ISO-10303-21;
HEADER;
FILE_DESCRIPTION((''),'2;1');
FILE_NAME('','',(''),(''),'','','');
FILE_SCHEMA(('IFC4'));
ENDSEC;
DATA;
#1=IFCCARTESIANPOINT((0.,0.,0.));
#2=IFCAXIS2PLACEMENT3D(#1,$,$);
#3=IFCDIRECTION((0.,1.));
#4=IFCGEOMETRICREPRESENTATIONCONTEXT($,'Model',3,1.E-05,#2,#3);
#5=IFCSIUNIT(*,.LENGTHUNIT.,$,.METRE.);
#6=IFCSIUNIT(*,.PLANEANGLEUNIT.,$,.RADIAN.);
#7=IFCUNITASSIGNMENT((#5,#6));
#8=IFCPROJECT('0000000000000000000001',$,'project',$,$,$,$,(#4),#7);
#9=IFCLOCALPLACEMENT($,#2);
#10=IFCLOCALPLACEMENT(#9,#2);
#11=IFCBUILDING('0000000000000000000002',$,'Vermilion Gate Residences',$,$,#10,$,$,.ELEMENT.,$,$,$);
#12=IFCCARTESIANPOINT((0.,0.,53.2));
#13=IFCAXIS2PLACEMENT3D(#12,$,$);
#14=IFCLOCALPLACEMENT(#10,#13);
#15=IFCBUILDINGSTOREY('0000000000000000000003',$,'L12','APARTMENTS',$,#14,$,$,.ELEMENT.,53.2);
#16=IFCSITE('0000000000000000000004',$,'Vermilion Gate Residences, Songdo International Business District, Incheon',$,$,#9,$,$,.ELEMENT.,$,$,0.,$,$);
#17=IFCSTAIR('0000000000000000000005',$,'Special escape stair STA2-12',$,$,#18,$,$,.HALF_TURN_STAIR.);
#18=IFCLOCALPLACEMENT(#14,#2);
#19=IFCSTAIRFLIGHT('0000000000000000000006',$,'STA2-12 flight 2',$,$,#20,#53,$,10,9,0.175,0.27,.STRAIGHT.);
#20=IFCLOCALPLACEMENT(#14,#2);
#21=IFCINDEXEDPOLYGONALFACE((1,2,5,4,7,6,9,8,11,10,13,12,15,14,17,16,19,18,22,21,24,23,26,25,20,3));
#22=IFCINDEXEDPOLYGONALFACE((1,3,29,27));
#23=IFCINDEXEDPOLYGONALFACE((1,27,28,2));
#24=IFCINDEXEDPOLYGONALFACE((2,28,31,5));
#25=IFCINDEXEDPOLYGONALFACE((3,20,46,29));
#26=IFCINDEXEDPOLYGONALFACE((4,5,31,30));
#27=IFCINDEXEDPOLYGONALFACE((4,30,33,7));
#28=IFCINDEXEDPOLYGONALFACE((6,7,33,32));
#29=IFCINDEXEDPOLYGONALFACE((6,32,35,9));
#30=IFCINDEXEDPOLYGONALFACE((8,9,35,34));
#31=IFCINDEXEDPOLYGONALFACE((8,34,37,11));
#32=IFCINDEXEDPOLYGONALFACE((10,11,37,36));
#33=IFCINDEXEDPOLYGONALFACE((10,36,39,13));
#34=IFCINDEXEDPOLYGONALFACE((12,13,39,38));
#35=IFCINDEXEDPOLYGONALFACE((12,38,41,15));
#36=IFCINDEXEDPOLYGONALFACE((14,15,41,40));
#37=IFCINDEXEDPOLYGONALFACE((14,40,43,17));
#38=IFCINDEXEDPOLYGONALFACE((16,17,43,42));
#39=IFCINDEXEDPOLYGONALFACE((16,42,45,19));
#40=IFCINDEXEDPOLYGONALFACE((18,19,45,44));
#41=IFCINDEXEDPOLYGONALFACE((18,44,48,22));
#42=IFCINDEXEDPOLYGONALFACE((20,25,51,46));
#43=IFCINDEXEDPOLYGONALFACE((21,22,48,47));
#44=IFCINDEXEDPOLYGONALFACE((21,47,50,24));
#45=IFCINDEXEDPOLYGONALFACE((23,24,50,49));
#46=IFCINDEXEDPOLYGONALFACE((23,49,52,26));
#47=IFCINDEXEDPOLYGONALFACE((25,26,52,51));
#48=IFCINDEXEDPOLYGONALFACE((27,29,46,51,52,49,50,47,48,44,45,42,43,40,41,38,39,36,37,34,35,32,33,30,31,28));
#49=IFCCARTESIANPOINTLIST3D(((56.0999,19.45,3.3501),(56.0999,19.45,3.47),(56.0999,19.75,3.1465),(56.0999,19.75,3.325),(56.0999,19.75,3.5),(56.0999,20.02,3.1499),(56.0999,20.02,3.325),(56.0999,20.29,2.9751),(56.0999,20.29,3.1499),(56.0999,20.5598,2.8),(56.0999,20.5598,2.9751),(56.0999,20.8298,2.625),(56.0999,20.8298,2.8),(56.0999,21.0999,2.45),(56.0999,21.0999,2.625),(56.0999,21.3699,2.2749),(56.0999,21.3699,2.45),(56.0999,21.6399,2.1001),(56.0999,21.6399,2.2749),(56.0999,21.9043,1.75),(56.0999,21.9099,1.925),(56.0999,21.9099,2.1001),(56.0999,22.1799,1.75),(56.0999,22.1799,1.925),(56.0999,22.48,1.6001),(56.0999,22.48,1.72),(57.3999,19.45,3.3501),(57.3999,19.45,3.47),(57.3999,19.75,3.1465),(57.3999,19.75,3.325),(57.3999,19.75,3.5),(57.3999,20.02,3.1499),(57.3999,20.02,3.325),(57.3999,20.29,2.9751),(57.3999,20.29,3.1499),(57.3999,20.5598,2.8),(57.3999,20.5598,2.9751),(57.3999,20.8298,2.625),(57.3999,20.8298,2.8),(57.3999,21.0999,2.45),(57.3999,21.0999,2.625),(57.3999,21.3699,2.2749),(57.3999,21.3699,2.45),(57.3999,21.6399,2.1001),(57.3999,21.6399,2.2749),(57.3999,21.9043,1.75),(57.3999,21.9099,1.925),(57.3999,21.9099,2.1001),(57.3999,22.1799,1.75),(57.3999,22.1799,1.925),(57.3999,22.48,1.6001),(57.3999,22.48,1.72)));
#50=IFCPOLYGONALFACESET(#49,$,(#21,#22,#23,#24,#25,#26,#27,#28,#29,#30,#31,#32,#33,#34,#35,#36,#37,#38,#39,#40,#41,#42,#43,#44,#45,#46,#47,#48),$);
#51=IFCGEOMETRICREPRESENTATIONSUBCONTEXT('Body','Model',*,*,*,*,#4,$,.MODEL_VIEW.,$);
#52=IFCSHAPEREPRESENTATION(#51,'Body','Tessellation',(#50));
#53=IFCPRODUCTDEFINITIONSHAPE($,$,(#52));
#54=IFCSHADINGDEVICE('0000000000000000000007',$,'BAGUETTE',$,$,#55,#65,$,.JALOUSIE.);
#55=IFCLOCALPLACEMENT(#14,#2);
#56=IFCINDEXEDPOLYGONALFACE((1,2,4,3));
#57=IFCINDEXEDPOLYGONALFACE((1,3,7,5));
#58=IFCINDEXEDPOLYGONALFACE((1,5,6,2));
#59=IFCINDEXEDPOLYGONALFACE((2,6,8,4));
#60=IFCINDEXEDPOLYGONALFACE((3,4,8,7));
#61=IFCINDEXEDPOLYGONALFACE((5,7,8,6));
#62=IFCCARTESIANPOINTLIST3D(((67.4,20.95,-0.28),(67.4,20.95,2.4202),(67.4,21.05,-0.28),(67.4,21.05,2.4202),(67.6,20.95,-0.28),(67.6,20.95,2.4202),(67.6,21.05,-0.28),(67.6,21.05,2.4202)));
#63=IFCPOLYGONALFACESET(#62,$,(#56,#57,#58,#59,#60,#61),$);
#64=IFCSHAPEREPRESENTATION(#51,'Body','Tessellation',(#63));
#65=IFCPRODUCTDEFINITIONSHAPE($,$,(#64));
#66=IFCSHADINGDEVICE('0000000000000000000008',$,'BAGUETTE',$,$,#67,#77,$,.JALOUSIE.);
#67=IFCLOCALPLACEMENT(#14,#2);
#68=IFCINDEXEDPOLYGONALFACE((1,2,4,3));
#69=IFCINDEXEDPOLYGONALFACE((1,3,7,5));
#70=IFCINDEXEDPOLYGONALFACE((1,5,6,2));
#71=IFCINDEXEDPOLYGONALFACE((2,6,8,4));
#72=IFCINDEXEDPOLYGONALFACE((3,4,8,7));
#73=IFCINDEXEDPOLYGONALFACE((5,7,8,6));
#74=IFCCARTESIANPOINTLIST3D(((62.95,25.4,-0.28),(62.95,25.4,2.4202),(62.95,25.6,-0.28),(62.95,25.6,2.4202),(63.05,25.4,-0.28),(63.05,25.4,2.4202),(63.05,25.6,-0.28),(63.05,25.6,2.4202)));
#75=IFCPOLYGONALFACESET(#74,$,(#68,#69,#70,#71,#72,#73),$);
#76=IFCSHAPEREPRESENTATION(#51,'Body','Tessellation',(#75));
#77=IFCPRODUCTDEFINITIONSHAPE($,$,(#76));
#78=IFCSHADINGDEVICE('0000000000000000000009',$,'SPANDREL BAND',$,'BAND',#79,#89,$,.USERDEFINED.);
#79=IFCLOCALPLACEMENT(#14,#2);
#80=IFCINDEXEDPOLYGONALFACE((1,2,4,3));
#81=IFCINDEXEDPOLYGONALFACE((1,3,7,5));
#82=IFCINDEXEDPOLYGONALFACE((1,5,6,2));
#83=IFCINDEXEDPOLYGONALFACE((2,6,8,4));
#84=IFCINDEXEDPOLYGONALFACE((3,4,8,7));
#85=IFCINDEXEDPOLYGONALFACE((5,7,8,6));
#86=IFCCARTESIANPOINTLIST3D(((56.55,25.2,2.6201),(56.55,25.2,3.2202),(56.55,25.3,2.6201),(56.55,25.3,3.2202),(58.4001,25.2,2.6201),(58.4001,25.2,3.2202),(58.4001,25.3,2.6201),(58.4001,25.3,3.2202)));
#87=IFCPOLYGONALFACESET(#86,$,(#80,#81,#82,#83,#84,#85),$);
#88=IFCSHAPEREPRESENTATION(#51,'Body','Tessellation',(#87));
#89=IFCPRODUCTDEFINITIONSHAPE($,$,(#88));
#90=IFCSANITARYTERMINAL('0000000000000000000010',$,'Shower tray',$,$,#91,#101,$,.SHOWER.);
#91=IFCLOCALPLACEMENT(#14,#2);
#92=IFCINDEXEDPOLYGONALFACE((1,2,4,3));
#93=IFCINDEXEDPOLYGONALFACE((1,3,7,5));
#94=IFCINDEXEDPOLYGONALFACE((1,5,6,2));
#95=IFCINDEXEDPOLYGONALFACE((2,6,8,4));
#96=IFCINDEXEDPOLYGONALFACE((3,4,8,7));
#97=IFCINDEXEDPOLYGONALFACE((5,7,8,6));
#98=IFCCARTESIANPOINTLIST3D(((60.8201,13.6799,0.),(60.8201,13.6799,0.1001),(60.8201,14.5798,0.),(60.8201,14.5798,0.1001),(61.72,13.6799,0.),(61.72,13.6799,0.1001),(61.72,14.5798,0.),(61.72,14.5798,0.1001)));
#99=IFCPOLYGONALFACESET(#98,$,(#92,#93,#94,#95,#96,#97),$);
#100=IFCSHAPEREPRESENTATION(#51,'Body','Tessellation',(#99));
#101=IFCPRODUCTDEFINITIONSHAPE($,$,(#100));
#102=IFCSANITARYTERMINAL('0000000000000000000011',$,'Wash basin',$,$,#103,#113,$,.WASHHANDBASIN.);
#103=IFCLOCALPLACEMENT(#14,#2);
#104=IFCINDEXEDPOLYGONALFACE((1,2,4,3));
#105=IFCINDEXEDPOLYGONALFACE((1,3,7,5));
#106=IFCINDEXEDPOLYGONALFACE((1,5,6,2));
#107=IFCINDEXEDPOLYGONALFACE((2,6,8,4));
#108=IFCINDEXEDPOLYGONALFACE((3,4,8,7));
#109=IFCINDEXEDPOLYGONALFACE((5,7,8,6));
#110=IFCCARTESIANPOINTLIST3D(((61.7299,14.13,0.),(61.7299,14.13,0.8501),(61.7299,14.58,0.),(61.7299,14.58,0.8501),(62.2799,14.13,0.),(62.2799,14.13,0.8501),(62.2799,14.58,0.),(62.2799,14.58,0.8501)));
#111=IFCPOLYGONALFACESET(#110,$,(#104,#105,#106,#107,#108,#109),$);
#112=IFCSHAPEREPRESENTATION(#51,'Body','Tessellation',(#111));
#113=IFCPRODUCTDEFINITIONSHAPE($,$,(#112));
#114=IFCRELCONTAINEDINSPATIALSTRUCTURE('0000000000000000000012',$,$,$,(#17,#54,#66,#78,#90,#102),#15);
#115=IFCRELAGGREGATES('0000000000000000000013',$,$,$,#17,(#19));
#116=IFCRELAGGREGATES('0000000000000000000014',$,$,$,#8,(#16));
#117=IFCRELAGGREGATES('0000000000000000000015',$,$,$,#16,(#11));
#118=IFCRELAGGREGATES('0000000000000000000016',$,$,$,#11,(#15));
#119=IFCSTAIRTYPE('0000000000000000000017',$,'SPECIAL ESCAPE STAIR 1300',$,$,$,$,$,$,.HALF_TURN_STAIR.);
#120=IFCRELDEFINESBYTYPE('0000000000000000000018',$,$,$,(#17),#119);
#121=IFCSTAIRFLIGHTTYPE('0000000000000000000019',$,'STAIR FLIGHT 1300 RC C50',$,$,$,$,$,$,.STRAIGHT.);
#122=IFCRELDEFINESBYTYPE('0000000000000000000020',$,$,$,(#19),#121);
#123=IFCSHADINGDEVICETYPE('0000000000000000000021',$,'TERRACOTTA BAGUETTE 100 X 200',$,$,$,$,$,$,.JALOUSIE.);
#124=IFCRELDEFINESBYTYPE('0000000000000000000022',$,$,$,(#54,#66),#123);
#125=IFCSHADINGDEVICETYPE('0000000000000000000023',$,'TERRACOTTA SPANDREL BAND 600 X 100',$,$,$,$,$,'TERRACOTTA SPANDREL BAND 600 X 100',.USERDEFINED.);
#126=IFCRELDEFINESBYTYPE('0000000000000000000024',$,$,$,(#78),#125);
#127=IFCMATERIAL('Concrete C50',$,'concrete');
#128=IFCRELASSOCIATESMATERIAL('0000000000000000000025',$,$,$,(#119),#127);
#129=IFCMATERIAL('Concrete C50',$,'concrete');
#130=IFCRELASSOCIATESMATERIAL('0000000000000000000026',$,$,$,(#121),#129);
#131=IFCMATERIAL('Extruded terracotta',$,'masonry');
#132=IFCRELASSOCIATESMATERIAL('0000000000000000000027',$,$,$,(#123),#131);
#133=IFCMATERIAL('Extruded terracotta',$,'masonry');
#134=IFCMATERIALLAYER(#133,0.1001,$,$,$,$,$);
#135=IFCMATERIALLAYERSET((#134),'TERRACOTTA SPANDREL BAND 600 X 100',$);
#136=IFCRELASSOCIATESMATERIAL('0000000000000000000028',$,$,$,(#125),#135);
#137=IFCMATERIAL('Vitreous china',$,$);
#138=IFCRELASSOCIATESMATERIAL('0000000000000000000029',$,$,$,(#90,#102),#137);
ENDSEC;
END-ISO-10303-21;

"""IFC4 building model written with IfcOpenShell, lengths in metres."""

from ifc_helpers import new_model, si_unit, direction, frame, origin, origin_2d, place, context, subcontext, project, spatial, polyline, rectangle, outline, extrude, material, layer, layer_set, material_profile, profile_set, type_object, element, aggregate, save


model = new_model("IFC4")

# Units and contexts
model_context = context("Model", 3, precision=1e-05, world=origin(), true_north=direction((0.0, 1.0)))
body_context = subcontext(model_context, "Body", "Model", "MODEL_VIEW")
ifc_project = project(units=[si_unit("LENGTHUNIT", "METRE"), si_unit("PLANEANGLEUNIT", "RADIAN")], contexts=[model_context])

# Site, building, storey
site_placement = place(None, origin())
site = spatial("IfcSite", under=ifc_project, at=site_placement, Name="Vermilion Gate Residences, Songdo International Business District, Incheon", CompositionType="ELEMENT", RefElevation=0.0)
building_placement = place(site_placement, origin())
building = spatial("IfcBuilding", under=site, at=building_placement, Name="Vermilion Gate Residences", CompositionType="ELEMENT")
storey_placement = place(building_placement, frame((0.0, 0.0, 53.2)))
storey = spatial("IfcBuildingStorey", under=building, at=storey_placement, Name="L12", Description="APARTMENTS", CompositionType="ELEMENT", Elevation=53.2)

# Stair, stair flight
ifc_material_1 = material(Name="Concrete C50", Category="concrete")
stair_type = type_object("IfcStairType", Name="SPECIAL ESCAPE STAIR 1300", PredefinedType="HALF_TURN_STAIR", material=ifc_material_1)
stair_placement = place(storey_placement, origin())
stair = element("IfcStair", 1, at=stair_placement, inside=storey, type_object=stair_type, Name="Special escape stair STA2-12", PredefinedType="HALF_TURN_STAIR")
ifc_material_2 = material(Name="Concrete C50", Category="concrete")
stair_flight_type = type_object("IfcStairFlightType", Name="STAIR FLIGHT 1300 RC C50", PredefinedType="STRAIGHT", material=ifc_material_2)
stair_flight_1_placement = place(storey_placement, frame((56.75, 22.1799, 1.75), z_axis=(0.0, 0.0, 1.0), x_axis=(0.0, -1.0, 0.0)))
stair_flight_1 = element("IfcStairFlight", 2, at=stair_flight_1_placement, type_object=stair_flight_type, Name="STA2-12 flight 2", NumberOfRisers=10, NumberOfTreads=9, PredefinedType="STRAIGHT", RiserHeight=0.175, TreadLength=0.27, context=body_context, shape_type="SweptSolid", body=[
    extrude(outline(polyline([(-0.3, -0.1499), (-0.3, -0.03), (0.0, 0.0), (0.0, 0.175), (0.27, 0.175), (0.27, 0.3501), (0.54, 0.3501), (0.54, 0.5249), (0.8101, 0.5249), (0.8101, 0.7), (1.0801, 0.7), (1.0801, 0.875), (1.3501, 0.875), (1.3501, 1.05), (1.6201, 1.05), (1.6201, 1.2251), (1.8899, 1.2251), (1.8899, 1.3999), (2.1599, 1.3999), (2.1599, 1.575), (2.4299, 1.575), (2.4299, 1.75), (2.73, 1.72), (2.73, 1.6001), (2.4299, 1.3965), (0.2756, 0.0), (-0.3, -0.1499)])), frame((0.0, 0.6499, 0.0), z_axis=(0.0, -1.0, 0.0), x_axis=(1.0, 0.0, 0.0)), (0.0, 0.0, 1.0), 1.3),
])
aggregate(stair, [stair_flight_1])

# Shading devices
ifc_material_3 = material(Name="Extruded terracotta", Category="masonry")
ifc_material_profile_1 = material_profile(ifc_material_3, rectangle(XDim=0.2, YDim=0.1001, at=origin_2d()), Name="BAGUETTE 100 X 200")
ifc_profile_set_1 = profile_set([ifc_material_profile_1], Name="Extruded terracotta")
shading_device_type_1 = type_object("IfcShadingDeviceType", Name="TERRACOTTA BAGUETTE 100 X 200", PredefinedType="JALOUSIE", material=ifc_profile_set_1)
for number, where, z_axis, x_axis, name in (
    (3, (67.5, 21.0, -0.28), (0.0, 0.0, 1.0), (-1.0, 0.0, 0.0), "BAGUETTE"),
    (4, (63.0, 25.5, -0.28), (0.0, 0.0, 1.0), (0.0, -1.0, 0.0), "BAGUETTE"),
):
    element("IfcShadingDevice", number, at=place(storey_placement, frame(where, z_axis=z_axis, x_axis=x_axis)), inside=storey, type_object=shading_device_type_1, Name=name, PredefinedType="JALOUSIE", context=body_context, shape_type="SweptSolid", body=[
        extrude(rectangle(XDim=0.2, YDim=0.1001, at=origin_2d()), origin(), (0.0, 0.0, 1.0), 2.7002),
    ])
ifc_material_4 = material(Name="Extruded terracotta", Category="masonry")
ifc_layer_1 = layer(ifc_material_4, 0.1001)
ifc_layer_set_1 = layer_set([ifc_layer_1], Name="TERRACOTTA SPANDREL BAND 600 X 100")
shading_device_type_2 = type_object("IfcShadingDeviceType", Name="TERRACOTTA SPANDREL BAND 600 X 100", ElementType="TERRACOTTA SPANDREL BAND 600 X 100", PredefinedType="USERDEFINED", material=ifc_layer_set_1)
shading_device_placement = place(storey_placement, frame((57.4751, 25.25, 2.6201), z_axis=(0.0, 0.0, 1.0), x_axis=(1.0, 0.0, 0.0)))
element("IfcShadingDevice", 5, at=shading_device_placement, inside=storey, type_object=shading_device_type_2, Name="SPANDREL BAND", ObjectType="BAND", PredefinedType="USERDEFINED", context=body_context, shape_type="SweptSolid", body=[
    extrude(rectangle(XDim=1.8501, YDim=0.1001, at=origin_2d()), origin(), (0.0, 0.0, 1.0), 0.6001),
])

# Sanitary terminals
ifc_material_5 = material(Name="Vitreous china")
sanitary_terminal_1_placement = place(storey_placement, frame((61.27, 14.1299, 0.0), z_axis=(0.0, 0.0, 1.0), x_axis=(1.0, 0.0, 0.0)))
element("IfcSanitaryTerminal", 6, at=sanitary_terminal_1_placement, inside=storey, material=ifc_material_5, Name="Shower tray", PredefinedType="SHOWER", context=body_context, shape_type="SweptSolid", body=[
    extrude(rectangle(XDim=0.8999, YDim=0.8999, at=origin_2d()), origin(), (0.0, 0.0, 1.0), 0.1001),
])
sanitary_terminal_2_placement = place(storey_placement, frame((62.0049, 14.355, 0.0), z_axis=(0.0, 0.0, 1.0), x_axis=(1.0, 0.0, 0.0)))
element("IfcSanitaryTerminal", 7, at=sanitary_terminal_2_placement, inside=storey, material=ifc_material_5, Name="Wash basin", PredefinedType="WASHHANDBASIN", context=body_context, shape_type="SweptSolid", body=[
    extrude(rectangle(XDim=0.55, YDim=0.45, at=origin_2d()), origin(), (0.0, 0.0, 1.0), 0.8501),
])

save(model, "model.ifc")
